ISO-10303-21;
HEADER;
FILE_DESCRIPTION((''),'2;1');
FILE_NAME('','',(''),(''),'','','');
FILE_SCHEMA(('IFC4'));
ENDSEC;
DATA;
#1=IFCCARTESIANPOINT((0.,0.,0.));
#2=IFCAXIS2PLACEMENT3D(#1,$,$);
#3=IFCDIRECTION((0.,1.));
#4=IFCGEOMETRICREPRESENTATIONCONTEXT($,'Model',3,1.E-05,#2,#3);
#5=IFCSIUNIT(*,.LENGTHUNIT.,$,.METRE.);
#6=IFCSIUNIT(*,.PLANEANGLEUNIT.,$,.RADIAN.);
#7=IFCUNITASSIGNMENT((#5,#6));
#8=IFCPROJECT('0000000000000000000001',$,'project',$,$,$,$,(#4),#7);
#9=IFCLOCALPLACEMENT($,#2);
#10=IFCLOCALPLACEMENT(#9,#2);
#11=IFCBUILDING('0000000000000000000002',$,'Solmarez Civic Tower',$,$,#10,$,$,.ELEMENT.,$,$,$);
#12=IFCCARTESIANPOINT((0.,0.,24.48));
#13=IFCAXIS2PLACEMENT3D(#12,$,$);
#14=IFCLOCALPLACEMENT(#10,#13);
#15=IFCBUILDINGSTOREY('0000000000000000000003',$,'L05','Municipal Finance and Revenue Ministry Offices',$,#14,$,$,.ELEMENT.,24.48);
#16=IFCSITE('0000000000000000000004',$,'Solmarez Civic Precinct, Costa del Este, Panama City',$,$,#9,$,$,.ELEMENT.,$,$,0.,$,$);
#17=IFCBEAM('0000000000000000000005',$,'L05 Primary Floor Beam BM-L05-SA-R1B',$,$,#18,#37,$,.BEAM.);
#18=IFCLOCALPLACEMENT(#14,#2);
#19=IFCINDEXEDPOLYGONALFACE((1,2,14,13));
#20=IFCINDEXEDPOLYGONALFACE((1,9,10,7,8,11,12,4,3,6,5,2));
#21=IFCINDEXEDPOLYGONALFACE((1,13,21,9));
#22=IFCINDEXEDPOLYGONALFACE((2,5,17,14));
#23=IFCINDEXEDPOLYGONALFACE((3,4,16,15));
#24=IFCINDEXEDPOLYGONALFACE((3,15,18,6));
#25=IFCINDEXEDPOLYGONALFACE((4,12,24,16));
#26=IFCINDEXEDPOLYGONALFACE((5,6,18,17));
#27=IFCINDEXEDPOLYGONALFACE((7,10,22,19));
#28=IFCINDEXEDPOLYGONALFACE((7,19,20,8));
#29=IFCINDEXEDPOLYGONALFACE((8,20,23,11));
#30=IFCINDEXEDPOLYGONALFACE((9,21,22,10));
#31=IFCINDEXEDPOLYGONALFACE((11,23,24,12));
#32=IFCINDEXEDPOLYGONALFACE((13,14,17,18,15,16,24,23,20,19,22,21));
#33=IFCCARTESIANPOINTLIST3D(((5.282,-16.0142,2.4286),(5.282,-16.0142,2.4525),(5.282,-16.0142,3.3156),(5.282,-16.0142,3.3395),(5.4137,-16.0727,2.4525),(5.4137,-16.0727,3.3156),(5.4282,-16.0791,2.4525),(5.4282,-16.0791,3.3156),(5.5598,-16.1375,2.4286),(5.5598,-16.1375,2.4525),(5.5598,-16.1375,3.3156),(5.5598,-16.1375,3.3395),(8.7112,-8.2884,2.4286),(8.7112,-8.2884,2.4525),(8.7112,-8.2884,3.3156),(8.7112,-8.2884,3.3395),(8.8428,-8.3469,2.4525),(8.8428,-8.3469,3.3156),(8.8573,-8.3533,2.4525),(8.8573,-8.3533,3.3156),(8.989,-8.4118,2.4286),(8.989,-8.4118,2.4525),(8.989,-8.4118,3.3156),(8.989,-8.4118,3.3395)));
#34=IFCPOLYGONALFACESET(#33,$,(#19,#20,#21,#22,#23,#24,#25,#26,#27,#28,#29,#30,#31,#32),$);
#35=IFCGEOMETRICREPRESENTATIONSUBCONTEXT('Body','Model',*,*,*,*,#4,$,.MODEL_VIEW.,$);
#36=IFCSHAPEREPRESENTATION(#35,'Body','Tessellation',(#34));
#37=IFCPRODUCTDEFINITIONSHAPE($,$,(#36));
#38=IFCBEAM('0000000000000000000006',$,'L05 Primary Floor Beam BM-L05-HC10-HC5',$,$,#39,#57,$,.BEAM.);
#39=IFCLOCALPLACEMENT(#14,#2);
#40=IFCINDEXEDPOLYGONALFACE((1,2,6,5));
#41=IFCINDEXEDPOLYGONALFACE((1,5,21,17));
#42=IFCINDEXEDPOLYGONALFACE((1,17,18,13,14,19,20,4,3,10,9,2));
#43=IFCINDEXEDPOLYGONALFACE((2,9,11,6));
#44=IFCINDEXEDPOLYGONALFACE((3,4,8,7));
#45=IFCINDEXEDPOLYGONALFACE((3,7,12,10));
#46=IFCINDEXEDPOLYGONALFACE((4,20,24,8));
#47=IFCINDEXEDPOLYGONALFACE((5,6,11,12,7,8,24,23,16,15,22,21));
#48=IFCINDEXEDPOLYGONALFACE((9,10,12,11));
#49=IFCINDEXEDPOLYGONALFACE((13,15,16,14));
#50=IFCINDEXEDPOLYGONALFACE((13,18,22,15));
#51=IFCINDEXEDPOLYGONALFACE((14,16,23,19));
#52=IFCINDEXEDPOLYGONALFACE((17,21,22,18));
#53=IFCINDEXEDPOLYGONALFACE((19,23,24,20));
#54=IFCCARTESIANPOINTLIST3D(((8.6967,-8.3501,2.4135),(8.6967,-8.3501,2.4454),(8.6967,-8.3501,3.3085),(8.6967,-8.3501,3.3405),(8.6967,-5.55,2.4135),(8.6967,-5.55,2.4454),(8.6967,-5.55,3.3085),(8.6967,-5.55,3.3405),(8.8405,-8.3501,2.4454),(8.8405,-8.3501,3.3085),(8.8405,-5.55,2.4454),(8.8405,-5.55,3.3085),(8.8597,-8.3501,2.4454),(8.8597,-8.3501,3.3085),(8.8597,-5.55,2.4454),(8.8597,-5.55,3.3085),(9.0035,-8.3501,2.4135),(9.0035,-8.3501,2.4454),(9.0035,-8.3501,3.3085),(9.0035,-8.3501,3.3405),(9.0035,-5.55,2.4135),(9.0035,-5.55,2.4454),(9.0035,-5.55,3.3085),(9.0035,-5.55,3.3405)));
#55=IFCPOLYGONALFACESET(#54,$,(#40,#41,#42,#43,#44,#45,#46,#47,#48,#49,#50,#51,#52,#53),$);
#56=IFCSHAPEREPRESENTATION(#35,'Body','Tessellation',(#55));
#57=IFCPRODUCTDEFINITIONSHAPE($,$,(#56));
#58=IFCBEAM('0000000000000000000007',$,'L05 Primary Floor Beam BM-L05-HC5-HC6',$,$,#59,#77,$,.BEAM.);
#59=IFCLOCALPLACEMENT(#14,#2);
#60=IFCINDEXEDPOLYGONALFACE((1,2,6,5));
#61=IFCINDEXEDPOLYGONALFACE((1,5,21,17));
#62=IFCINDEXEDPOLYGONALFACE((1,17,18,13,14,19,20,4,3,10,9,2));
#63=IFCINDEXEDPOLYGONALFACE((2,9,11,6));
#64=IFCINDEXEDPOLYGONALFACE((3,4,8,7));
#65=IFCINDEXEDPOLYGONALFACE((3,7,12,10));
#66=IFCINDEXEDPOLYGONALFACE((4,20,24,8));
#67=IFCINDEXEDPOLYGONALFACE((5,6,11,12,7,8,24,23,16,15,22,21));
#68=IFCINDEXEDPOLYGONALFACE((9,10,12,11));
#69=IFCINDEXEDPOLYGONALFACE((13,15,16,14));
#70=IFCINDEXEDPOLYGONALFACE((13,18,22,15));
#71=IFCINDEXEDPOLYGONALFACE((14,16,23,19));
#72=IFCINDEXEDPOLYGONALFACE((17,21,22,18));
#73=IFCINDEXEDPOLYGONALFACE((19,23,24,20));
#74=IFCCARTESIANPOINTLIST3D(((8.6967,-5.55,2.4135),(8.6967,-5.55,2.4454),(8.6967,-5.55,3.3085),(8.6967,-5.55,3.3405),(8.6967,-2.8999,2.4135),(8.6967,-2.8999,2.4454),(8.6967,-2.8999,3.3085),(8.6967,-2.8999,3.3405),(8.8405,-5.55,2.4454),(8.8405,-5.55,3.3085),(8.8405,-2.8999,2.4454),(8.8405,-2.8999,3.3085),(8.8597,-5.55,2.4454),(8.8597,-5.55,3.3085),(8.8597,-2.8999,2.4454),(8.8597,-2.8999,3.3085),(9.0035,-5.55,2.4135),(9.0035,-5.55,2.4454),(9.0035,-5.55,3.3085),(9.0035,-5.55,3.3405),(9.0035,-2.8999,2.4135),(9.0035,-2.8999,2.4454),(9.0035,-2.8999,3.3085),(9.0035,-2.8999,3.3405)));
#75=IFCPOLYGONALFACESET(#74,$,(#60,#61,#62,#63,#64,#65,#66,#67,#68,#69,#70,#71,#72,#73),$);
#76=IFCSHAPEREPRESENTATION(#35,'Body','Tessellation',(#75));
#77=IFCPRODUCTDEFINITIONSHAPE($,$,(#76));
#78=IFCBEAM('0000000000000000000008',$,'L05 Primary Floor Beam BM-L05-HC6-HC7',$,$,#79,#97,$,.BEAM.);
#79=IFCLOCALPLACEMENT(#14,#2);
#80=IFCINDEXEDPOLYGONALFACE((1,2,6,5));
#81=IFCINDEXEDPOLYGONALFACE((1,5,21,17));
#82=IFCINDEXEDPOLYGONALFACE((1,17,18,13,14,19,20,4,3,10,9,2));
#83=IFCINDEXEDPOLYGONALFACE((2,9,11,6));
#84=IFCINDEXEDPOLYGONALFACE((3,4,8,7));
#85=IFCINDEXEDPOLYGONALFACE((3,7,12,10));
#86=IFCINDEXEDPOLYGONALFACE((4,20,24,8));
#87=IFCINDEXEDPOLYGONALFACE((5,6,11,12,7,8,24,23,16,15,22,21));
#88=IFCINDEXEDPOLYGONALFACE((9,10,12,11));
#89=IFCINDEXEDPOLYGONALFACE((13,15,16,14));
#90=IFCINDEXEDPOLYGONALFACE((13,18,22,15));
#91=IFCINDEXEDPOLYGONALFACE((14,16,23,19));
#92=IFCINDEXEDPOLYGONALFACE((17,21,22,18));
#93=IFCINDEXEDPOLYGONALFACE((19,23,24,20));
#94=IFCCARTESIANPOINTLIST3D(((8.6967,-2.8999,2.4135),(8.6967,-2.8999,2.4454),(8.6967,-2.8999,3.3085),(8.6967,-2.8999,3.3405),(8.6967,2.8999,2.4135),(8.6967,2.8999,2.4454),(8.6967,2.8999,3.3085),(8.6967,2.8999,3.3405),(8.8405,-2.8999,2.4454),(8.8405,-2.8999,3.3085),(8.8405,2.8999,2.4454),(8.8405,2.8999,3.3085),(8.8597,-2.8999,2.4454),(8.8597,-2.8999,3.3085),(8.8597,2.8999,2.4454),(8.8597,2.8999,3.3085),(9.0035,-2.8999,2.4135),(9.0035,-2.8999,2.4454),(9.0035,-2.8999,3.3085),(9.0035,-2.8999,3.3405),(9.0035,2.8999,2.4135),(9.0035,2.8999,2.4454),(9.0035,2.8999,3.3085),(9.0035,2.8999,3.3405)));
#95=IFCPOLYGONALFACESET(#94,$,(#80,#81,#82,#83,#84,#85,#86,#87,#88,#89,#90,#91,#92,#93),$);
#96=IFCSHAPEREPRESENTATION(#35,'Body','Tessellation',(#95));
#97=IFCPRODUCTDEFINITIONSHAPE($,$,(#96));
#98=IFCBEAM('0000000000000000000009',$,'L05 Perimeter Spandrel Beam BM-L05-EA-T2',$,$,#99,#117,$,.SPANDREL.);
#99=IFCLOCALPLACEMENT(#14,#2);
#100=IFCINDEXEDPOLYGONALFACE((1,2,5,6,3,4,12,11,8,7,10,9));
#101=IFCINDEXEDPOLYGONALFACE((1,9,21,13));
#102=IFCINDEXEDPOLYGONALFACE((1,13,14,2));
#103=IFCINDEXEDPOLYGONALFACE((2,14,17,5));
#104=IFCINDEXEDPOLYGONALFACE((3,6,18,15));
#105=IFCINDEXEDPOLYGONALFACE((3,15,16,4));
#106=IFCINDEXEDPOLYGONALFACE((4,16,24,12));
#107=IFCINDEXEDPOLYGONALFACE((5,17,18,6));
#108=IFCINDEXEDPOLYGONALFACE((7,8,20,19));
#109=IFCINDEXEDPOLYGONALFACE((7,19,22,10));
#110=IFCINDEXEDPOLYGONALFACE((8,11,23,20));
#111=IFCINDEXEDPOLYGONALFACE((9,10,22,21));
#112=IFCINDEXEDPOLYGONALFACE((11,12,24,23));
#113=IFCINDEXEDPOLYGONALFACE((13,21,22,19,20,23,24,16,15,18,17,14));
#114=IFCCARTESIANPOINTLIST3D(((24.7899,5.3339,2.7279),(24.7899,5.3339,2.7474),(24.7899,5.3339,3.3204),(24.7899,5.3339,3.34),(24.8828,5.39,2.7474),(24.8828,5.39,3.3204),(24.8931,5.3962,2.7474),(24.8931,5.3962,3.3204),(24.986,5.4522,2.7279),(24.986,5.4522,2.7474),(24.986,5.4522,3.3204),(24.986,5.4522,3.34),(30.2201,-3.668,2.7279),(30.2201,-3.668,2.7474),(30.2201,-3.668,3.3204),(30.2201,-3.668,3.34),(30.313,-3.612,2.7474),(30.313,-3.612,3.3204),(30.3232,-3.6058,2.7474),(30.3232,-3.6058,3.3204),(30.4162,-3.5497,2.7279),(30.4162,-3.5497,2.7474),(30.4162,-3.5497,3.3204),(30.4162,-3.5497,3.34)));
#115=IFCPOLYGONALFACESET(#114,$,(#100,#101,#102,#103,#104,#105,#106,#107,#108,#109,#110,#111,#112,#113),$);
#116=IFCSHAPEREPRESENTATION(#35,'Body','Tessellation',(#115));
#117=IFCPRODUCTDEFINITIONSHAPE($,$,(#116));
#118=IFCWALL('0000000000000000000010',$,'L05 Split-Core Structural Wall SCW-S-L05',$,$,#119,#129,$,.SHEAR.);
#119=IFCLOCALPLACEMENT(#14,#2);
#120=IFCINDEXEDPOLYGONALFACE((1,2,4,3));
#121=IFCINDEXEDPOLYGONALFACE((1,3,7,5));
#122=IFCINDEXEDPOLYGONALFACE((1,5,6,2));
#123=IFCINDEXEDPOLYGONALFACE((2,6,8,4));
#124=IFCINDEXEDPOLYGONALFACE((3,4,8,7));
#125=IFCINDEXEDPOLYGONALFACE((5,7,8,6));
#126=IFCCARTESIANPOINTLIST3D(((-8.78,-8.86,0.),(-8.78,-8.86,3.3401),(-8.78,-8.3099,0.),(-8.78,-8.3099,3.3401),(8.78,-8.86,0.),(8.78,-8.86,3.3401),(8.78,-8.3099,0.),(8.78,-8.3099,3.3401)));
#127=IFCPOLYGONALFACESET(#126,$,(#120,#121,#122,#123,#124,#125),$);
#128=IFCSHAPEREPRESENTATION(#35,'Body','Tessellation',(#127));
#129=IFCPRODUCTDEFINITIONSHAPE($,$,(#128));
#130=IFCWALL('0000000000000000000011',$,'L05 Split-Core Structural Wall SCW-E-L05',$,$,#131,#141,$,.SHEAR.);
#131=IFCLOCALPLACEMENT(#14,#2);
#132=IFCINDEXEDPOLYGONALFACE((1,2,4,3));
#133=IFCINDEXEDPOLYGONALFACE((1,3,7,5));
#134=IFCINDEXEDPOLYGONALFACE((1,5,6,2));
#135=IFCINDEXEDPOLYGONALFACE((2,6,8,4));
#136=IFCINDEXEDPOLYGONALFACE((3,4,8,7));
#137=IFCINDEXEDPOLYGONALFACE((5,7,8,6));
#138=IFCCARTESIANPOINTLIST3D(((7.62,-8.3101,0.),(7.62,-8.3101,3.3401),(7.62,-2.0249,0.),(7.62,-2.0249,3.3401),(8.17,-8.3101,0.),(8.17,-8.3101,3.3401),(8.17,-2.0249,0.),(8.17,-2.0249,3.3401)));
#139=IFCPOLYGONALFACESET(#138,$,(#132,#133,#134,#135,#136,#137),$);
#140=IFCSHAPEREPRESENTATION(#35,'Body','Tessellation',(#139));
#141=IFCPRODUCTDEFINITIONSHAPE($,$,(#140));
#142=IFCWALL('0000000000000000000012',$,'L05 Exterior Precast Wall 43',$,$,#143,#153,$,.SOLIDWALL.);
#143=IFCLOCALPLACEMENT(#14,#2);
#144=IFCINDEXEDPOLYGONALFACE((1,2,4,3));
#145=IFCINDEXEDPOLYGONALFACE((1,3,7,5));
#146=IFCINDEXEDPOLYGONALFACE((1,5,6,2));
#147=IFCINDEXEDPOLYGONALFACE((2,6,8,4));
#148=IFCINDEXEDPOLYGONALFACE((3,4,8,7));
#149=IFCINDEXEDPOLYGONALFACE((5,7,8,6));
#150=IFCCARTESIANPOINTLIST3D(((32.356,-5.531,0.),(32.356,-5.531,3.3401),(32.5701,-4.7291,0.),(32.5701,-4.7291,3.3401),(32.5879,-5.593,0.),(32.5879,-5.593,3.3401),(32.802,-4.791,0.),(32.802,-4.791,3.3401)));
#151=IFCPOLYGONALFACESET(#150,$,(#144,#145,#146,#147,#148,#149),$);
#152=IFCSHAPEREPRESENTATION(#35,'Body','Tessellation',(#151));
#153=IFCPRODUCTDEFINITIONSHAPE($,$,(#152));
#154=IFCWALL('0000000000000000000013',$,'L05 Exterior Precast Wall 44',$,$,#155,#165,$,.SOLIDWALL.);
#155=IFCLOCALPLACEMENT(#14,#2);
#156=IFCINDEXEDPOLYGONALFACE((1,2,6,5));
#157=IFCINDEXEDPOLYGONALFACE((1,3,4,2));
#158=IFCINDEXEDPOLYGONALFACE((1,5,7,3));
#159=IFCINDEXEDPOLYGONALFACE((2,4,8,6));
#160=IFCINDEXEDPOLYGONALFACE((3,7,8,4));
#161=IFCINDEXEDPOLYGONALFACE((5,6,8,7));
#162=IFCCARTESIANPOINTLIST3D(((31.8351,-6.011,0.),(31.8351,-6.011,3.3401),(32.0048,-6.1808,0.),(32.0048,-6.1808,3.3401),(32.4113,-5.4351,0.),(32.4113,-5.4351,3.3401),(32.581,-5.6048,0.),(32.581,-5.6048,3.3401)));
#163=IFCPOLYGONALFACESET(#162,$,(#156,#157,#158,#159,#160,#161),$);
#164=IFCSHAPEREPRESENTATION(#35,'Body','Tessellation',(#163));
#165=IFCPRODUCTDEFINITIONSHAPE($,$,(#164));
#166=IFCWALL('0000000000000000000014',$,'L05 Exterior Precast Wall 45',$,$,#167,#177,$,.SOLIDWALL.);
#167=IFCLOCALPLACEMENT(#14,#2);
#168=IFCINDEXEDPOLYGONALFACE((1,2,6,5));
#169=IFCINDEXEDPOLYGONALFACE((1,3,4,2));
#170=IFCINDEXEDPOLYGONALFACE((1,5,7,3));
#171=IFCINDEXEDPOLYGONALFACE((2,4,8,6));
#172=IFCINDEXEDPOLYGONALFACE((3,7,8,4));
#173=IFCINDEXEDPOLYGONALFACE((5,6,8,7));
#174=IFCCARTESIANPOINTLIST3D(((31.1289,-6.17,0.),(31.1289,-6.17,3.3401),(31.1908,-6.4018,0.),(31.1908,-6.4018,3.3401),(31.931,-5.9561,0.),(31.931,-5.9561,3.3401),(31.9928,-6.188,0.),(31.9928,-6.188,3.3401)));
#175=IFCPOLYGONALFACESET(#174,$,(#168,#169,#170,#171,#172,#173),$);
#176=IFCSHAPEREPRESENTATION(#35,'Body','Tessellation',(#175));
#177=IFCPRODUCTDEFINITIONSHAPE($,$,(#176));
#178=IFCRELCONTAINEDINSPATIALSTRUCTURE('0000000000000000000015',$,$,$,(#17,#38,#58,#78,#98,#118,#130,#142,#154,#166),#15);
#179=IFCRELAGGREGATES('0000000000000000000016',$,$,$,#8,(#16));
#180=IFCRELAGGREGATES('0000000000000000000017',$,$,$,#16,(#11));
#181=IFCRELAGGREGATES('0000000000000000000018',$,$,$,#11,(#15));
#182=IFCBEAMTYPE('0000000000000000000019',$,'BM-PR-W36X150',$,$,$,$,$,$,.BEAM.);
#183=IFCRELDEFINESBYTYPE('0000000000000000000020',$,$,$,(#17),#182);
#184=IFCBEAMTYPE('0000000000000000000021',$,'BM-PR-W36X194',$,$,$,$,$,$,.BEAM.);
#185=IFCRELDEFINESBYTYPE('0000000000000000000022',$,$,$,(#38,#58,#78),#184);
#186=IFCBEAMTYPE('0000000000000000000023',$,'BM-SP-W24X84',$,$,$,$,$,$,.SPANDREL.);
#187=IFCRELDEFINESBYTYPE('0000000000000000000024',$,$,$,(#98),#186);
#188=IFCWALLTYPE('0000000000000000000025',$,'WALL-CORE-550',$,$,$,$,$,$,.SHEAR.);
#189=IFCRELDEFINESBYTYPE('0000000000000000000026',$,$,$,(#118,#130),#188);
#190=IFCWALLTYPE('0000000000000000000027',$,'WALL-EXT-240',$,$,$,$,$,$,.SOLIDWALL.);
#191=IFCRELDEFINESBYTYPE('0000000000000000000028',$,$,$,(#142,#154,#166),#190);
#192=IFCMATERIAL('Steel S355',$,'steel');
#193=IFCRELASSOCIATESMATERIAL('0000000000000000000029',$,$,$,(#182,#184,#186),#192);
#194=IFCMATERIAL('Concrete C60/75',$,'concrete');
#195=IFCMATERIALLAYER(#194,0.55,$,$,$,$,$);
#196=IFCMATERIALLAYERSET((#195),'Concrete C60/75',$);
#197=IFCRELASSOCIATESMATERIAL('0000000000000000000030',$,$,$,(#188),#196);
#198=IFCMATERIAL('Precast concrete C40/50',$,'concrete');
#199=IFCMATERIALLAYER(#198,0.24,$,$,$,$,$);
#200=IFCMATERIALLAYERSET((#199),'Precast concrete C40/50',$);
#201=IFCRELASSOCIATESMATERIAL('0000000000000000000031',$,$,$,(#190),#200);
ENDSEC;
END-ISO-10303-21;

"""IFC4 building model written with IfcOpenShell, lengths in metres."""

from ifc_helpers import new_model, si_unit, direction, frame, frame_2d, origin, origin_2d, place, context, subcontext, project, spatial, rectangle, i_section, extrude, material, layer, layer_set, material_profile, profile_set, type_object, element, save


model = new_model("IFC4")

# Units and contexts
model_context = context("Model", 3, precision=1e-05, world=origin(), true_north=direction((0.0, 1.0)))
body_context = subcontext(model_context, "Body", "Model", "MODEL_VIEW")
ifc_project = project(units=[si_unit("LENGTHUNIT", "METRE"), si_unit("PLANEANGLEUNIT", "RADIAN")], contexts=[model_context])

# Site, building, storey
site_placement = place(None, origin())
site = spatial("IfcSite", under=ifc_project, at=site_placement, Name="Solmarez Civic Precinct, Costa del Este, Panama City", CompositionType="ELEMENT", RefElevation=0.0)
building_placement = place(site_placement, origin())
building = spatial("IfcBuilding", under=site, at=building_placement, Name="Solmarez Civic Tower", CompositionType="ELEMENT")
storey_placement = place(building_placement, frame((0.0, 0.0, 24.48)))
storey = spatial("IfcBuildingStorey", under=building, at=storey_placement, Name="L05", Description="Municipal Finance and Revenue Ministry Offices", CompositionType="ELEMENT", Elevation=24.48)

# Shared definitions
ifc_material_1 = material(Name="Concrete C60/75", Category="concrete")

# Beams
ifc_material_2 = material(Name="Steel S355", Category="steel")
ifc_material_profile_1 = material_profile(ifc_material_2, i_section(OverallWidth=0.304, OverallDepth=0.9109, WebThickness=0.0159, FlangeThickness=0.0239, at=origin_2d()), Name="W36X150")
ifc_profile_set_1 = profile_set([ifc_material_profile_1], Name="Steel S355")
beam_type_1 = type_object("IfcBeamType", Name="BM-PR-W36X150", PredefinedType="BEAM", material=ifc_profile_set_1)
beam_1_placement = place(storey_placement, frame((8.8501, -8.3501, 2.884), z_axis=(-0.405694, -0.914009, 0.0), x_axis=(0.914009, -0.405694, 0.0)))
element("IfcBeam", 1, at=beam_1_placement, inside=storey, type_object=beam_type_1, Name="L05 Primary Floor Beam BM-L05-SA-R1B", PredefinedType="BEAM", context=body_context, shape_type="SweptSolid", body=[
    extrude(i_section(OverallWidth=0.304, OverallDepth=0.9109, WebThickness=0.0159, FlangeThickness=0.0239, at=origin_2d()), origin(), (0.0, 0.0, 1.0), 8.4526),
])
ifc_material_profile_2 = material_profile(ifc_material_2, i_section(OverallWidth=0.3069, OverallDepth=0.927, WebThickness=0.0193, FlangeThickness=0.032, at=origin_2d()), Name="W36X194")
ifc_profile_set_2 = profile_set([ifc_material_profile_2], Name="Steel S355")
beam_type_2 = type_object("IfcBeamType", Name="BM-PR-W36X194", PredefinedType="BEAM", material=ifc_profile_set_2)
beam_2_placement = place(storey_placement, frame((8.8501, -8.3501, 2.877), z_axis=(0.0, 1.0, 0.0), x_axis=(-1.0, 0.0, 0.0)))
element("IfcBeam", 2, at=beam_2_placement, inside=storey, type_object=beam_type_2, Name="L05 Primary Floor Beam BM-L05-HC10-HC5", PredefinedType="BEAM", context=body_context, shape_type="SweptSolid", body=[
    extrude(i_section(OverallWidth=0.3069, OverallDepth=0.927, WebThickness=0.0193, FlangeThickness=0.032, at=origin_2d()), origin(), (0.0, 0.0, 1.0), 2.8),
])
beam_3_placement = place(storey_placement, frame((8.8501, -5.55, 2.877), z_axis=(0.0, 1.0, 0.0), x_axis=(-1.0, 0.0, 0.0)))
element("IfcBeam", 3, at=beam_3_placement, inside=storey, type_object=beam_type_2, Name="L05 Primary Floor Beam BM-L05-HC5-HC6", PredefinedType="BEAM", context=body_context, shape_type="SweptSolid", body=[
    extrude(i_section(OverallWidth=0.3069, OverallDepth=0.927, WebThickness=0.0193, FlangeThickness=0.032, at=origin_2d()), origin(), (0.0, 0.0, 1.0), 2.6501),
])
beam_4_placement = place(storey_placement, frame((8.8501, -2.8999, 2.877), z_axis=(0.0, 1.0, 0.0), x_axis=(-1.0, 0.0, 0.0)))
element("IfcBeam", 4, at=beam_4_placement, inside=storey, type_object=beam_type_2, Name="L05 Primary Floor Beam BM-L05-HC6-HC7", PredefinedType="BEAM", context=body_context, shape_type="SweptSolid", body=[
    extrude(i_section(OverallWidth=0.3069, OverallDepth=0.927, WebThickness=0.0193, FlangeThickness=0.032, at=origin_2d()), origin(), (0.0, 0.0, 1.0), 5.7998),
])
ifc_material_profile_3 = material_profile(ifc_material_2, i_section(OverallWidth=0.229, OverallDepth=0.6121, WebThickness=0.012, FlangeThickness=0.0195, at=origin_2d()), Name="W24X84")
ifc_profile_set_3 = profile_set([ifc_material_profile_3], Name="Steel S355")
beam_type_3 = type_object("IfcBeamType", Name="BM-SP-W24X84", PredefinedType="SPANDREL", material=ifc_profile_set_3)
beam_5_placement = place(storey_placement, frame((30.3181, -3.6089, 3.0339), z_axis=(-0.516523, 0.856273, 0.0), x_axis=(-0.856273, -0.516523, 0.0)))
element("IfcBeam", 5, at=beam_5_placement, inside=storey, type_object=beam_type_3, Name="L05 Perimeter Spandrel Beam BM-L05-EA-T2", PredefinedType="SPANDREL", context=body_context, shape_type="SweptSolid", body=[
    extrude(i_section(OverallWidth=0.229, OverallDepth=0.6121, WebThickness=0.012, FlangeThickness=0.0195, at=origin_2d()), origin(), (0.0, 0.0, 1.0), 10.5129),
])

# Walls
ifc_layer_1 = layer(ifc_material_1, 0.55)
ifc_layer_set_1 = layer_set([ifc_layer_1], Name="Concrete C60/75")
wall_type_1 = type_object("IfcWallType", Name="WALL-CORE-550", PredefinedType="SHEAR", material=ifc_layer_set_1)
wall_1_placement = place(storey_placement, frame((8.78, -8.585, 0.0), z_axis=(0.0, 0.0, 1.0), x_axis=(-1.0, 0.0, 0.0)))
element("IfcWall", 6, at=wall_1_placement, inside=storey, type_object=wall_type_1, Name="L05 Split-Core Structural Wall SCW-S-L05", PredefinedType="SHEAR", context=body_context, shape_type="SweptSolid", body=[
    extrude(rectangle(XDim=17.5601, YDim=0.55, at=frame_2d((8.78, 0.0))), origin(), (0.0, 0.0, 1.0), 3.3401),
])
wall_2_placement = place(storey_placement, frame((7.895, -2.0249, 0.0), z_axis=(0.0, 0.0, 1.0), x_axis=(0.0, -1.0, 0.0)))
element("IfcWall", 7, at=wall_2_placement, inside=storey, type_object=wall_type_1, Name="L05 Split-Core Structural Wall SCW-E-L05", PredefinedType="SHEAR", context=body_context, shape_type="SweptSolid", body=[
    extrude(rectangle(XDim=6.2852, YDim=0.55, at=frame_2d((3.1426, 0.0))), origin(), (0.0, 0.0, 1.0), 3.3401),
])
ifc_material_3 = material(Name="Precast concrete C40/50", Category="concrete")
ifc_layer_2 = layer(ifc_material_3, 0.24)
ifc_layer_set_2 = layer_set([ifc_layer_2], Name="Precast concrete C40/50")
wall_type_2 = type_object("IfcWallType", Name="WALL-EXT-240", PredefinedType="SOLIDWALL", material=ifc_layer_set_2)
wall_3_placement = place(storey_placement, frame((32.686, -4.76, 0.0), z_axis=(0.0, 0.0, 1.0), x_axis=(-0.257937, -0.966162, 0.0)))
element("IfcWall", 8, at=wall_3_placement, inside=storey, type_object=wall_type_2, Name="L05 Exterior Precast Wall 43", PredefinedType="SOLIDWALL", context=body_context, shape_type="SweptSolid", body=[
    extrude(rectangle(XDim=0.8301, YDim=0.24, at=frame_2d((0.415, 0.0))), origin(), (0.0, 0.0, 1.0), 3.3401),
])
wall_4_placement = place(storey_placement, frame((32.4961, -5.52, 0.0), z_axis=(0.0, 0.0, 1.0), x_axis=(-0.707257, -0.706957, 0.0)))
element("IfcWall", 9, at=wall_4_placement, inside=storey, type_object=wall_type_2, Name="L05 Exterior Precast Wall 44", PredefinedType="SOLIDWALL", context=body_context, shape_type="SweptSolid", body=[
    extrude(rectangle(XDim=0.8147, YDim=0.24, at=frame_2d((0.4072, 0.0))), origin(), (0.0, 0.0, 1.0), 3.3401),
])
wall_5_placement = place(storey_placement, frame((31.9619, -6.072, 0.0), z_axis=(0.0, 0.0, 1.0), x_axis=(-0.966235, -0.257663, 0.0)))
element("IfcWall", 10, at=wall_5_placement, inside=storey, type_object=wall_type_2, Name="L05 Exterior Precast Wall 45", PredefinedType="SOLIDWALL", context=body_context, shape_type="SweptSolid", body=[
    extrude(rectangle(XDim=0.8301, YDim=0.24, at=frame_2d((0.415, 0.0))), origin(), (0.0, 0.0, 1.0), 3.3401),
])

save(model, "model.ifc")
